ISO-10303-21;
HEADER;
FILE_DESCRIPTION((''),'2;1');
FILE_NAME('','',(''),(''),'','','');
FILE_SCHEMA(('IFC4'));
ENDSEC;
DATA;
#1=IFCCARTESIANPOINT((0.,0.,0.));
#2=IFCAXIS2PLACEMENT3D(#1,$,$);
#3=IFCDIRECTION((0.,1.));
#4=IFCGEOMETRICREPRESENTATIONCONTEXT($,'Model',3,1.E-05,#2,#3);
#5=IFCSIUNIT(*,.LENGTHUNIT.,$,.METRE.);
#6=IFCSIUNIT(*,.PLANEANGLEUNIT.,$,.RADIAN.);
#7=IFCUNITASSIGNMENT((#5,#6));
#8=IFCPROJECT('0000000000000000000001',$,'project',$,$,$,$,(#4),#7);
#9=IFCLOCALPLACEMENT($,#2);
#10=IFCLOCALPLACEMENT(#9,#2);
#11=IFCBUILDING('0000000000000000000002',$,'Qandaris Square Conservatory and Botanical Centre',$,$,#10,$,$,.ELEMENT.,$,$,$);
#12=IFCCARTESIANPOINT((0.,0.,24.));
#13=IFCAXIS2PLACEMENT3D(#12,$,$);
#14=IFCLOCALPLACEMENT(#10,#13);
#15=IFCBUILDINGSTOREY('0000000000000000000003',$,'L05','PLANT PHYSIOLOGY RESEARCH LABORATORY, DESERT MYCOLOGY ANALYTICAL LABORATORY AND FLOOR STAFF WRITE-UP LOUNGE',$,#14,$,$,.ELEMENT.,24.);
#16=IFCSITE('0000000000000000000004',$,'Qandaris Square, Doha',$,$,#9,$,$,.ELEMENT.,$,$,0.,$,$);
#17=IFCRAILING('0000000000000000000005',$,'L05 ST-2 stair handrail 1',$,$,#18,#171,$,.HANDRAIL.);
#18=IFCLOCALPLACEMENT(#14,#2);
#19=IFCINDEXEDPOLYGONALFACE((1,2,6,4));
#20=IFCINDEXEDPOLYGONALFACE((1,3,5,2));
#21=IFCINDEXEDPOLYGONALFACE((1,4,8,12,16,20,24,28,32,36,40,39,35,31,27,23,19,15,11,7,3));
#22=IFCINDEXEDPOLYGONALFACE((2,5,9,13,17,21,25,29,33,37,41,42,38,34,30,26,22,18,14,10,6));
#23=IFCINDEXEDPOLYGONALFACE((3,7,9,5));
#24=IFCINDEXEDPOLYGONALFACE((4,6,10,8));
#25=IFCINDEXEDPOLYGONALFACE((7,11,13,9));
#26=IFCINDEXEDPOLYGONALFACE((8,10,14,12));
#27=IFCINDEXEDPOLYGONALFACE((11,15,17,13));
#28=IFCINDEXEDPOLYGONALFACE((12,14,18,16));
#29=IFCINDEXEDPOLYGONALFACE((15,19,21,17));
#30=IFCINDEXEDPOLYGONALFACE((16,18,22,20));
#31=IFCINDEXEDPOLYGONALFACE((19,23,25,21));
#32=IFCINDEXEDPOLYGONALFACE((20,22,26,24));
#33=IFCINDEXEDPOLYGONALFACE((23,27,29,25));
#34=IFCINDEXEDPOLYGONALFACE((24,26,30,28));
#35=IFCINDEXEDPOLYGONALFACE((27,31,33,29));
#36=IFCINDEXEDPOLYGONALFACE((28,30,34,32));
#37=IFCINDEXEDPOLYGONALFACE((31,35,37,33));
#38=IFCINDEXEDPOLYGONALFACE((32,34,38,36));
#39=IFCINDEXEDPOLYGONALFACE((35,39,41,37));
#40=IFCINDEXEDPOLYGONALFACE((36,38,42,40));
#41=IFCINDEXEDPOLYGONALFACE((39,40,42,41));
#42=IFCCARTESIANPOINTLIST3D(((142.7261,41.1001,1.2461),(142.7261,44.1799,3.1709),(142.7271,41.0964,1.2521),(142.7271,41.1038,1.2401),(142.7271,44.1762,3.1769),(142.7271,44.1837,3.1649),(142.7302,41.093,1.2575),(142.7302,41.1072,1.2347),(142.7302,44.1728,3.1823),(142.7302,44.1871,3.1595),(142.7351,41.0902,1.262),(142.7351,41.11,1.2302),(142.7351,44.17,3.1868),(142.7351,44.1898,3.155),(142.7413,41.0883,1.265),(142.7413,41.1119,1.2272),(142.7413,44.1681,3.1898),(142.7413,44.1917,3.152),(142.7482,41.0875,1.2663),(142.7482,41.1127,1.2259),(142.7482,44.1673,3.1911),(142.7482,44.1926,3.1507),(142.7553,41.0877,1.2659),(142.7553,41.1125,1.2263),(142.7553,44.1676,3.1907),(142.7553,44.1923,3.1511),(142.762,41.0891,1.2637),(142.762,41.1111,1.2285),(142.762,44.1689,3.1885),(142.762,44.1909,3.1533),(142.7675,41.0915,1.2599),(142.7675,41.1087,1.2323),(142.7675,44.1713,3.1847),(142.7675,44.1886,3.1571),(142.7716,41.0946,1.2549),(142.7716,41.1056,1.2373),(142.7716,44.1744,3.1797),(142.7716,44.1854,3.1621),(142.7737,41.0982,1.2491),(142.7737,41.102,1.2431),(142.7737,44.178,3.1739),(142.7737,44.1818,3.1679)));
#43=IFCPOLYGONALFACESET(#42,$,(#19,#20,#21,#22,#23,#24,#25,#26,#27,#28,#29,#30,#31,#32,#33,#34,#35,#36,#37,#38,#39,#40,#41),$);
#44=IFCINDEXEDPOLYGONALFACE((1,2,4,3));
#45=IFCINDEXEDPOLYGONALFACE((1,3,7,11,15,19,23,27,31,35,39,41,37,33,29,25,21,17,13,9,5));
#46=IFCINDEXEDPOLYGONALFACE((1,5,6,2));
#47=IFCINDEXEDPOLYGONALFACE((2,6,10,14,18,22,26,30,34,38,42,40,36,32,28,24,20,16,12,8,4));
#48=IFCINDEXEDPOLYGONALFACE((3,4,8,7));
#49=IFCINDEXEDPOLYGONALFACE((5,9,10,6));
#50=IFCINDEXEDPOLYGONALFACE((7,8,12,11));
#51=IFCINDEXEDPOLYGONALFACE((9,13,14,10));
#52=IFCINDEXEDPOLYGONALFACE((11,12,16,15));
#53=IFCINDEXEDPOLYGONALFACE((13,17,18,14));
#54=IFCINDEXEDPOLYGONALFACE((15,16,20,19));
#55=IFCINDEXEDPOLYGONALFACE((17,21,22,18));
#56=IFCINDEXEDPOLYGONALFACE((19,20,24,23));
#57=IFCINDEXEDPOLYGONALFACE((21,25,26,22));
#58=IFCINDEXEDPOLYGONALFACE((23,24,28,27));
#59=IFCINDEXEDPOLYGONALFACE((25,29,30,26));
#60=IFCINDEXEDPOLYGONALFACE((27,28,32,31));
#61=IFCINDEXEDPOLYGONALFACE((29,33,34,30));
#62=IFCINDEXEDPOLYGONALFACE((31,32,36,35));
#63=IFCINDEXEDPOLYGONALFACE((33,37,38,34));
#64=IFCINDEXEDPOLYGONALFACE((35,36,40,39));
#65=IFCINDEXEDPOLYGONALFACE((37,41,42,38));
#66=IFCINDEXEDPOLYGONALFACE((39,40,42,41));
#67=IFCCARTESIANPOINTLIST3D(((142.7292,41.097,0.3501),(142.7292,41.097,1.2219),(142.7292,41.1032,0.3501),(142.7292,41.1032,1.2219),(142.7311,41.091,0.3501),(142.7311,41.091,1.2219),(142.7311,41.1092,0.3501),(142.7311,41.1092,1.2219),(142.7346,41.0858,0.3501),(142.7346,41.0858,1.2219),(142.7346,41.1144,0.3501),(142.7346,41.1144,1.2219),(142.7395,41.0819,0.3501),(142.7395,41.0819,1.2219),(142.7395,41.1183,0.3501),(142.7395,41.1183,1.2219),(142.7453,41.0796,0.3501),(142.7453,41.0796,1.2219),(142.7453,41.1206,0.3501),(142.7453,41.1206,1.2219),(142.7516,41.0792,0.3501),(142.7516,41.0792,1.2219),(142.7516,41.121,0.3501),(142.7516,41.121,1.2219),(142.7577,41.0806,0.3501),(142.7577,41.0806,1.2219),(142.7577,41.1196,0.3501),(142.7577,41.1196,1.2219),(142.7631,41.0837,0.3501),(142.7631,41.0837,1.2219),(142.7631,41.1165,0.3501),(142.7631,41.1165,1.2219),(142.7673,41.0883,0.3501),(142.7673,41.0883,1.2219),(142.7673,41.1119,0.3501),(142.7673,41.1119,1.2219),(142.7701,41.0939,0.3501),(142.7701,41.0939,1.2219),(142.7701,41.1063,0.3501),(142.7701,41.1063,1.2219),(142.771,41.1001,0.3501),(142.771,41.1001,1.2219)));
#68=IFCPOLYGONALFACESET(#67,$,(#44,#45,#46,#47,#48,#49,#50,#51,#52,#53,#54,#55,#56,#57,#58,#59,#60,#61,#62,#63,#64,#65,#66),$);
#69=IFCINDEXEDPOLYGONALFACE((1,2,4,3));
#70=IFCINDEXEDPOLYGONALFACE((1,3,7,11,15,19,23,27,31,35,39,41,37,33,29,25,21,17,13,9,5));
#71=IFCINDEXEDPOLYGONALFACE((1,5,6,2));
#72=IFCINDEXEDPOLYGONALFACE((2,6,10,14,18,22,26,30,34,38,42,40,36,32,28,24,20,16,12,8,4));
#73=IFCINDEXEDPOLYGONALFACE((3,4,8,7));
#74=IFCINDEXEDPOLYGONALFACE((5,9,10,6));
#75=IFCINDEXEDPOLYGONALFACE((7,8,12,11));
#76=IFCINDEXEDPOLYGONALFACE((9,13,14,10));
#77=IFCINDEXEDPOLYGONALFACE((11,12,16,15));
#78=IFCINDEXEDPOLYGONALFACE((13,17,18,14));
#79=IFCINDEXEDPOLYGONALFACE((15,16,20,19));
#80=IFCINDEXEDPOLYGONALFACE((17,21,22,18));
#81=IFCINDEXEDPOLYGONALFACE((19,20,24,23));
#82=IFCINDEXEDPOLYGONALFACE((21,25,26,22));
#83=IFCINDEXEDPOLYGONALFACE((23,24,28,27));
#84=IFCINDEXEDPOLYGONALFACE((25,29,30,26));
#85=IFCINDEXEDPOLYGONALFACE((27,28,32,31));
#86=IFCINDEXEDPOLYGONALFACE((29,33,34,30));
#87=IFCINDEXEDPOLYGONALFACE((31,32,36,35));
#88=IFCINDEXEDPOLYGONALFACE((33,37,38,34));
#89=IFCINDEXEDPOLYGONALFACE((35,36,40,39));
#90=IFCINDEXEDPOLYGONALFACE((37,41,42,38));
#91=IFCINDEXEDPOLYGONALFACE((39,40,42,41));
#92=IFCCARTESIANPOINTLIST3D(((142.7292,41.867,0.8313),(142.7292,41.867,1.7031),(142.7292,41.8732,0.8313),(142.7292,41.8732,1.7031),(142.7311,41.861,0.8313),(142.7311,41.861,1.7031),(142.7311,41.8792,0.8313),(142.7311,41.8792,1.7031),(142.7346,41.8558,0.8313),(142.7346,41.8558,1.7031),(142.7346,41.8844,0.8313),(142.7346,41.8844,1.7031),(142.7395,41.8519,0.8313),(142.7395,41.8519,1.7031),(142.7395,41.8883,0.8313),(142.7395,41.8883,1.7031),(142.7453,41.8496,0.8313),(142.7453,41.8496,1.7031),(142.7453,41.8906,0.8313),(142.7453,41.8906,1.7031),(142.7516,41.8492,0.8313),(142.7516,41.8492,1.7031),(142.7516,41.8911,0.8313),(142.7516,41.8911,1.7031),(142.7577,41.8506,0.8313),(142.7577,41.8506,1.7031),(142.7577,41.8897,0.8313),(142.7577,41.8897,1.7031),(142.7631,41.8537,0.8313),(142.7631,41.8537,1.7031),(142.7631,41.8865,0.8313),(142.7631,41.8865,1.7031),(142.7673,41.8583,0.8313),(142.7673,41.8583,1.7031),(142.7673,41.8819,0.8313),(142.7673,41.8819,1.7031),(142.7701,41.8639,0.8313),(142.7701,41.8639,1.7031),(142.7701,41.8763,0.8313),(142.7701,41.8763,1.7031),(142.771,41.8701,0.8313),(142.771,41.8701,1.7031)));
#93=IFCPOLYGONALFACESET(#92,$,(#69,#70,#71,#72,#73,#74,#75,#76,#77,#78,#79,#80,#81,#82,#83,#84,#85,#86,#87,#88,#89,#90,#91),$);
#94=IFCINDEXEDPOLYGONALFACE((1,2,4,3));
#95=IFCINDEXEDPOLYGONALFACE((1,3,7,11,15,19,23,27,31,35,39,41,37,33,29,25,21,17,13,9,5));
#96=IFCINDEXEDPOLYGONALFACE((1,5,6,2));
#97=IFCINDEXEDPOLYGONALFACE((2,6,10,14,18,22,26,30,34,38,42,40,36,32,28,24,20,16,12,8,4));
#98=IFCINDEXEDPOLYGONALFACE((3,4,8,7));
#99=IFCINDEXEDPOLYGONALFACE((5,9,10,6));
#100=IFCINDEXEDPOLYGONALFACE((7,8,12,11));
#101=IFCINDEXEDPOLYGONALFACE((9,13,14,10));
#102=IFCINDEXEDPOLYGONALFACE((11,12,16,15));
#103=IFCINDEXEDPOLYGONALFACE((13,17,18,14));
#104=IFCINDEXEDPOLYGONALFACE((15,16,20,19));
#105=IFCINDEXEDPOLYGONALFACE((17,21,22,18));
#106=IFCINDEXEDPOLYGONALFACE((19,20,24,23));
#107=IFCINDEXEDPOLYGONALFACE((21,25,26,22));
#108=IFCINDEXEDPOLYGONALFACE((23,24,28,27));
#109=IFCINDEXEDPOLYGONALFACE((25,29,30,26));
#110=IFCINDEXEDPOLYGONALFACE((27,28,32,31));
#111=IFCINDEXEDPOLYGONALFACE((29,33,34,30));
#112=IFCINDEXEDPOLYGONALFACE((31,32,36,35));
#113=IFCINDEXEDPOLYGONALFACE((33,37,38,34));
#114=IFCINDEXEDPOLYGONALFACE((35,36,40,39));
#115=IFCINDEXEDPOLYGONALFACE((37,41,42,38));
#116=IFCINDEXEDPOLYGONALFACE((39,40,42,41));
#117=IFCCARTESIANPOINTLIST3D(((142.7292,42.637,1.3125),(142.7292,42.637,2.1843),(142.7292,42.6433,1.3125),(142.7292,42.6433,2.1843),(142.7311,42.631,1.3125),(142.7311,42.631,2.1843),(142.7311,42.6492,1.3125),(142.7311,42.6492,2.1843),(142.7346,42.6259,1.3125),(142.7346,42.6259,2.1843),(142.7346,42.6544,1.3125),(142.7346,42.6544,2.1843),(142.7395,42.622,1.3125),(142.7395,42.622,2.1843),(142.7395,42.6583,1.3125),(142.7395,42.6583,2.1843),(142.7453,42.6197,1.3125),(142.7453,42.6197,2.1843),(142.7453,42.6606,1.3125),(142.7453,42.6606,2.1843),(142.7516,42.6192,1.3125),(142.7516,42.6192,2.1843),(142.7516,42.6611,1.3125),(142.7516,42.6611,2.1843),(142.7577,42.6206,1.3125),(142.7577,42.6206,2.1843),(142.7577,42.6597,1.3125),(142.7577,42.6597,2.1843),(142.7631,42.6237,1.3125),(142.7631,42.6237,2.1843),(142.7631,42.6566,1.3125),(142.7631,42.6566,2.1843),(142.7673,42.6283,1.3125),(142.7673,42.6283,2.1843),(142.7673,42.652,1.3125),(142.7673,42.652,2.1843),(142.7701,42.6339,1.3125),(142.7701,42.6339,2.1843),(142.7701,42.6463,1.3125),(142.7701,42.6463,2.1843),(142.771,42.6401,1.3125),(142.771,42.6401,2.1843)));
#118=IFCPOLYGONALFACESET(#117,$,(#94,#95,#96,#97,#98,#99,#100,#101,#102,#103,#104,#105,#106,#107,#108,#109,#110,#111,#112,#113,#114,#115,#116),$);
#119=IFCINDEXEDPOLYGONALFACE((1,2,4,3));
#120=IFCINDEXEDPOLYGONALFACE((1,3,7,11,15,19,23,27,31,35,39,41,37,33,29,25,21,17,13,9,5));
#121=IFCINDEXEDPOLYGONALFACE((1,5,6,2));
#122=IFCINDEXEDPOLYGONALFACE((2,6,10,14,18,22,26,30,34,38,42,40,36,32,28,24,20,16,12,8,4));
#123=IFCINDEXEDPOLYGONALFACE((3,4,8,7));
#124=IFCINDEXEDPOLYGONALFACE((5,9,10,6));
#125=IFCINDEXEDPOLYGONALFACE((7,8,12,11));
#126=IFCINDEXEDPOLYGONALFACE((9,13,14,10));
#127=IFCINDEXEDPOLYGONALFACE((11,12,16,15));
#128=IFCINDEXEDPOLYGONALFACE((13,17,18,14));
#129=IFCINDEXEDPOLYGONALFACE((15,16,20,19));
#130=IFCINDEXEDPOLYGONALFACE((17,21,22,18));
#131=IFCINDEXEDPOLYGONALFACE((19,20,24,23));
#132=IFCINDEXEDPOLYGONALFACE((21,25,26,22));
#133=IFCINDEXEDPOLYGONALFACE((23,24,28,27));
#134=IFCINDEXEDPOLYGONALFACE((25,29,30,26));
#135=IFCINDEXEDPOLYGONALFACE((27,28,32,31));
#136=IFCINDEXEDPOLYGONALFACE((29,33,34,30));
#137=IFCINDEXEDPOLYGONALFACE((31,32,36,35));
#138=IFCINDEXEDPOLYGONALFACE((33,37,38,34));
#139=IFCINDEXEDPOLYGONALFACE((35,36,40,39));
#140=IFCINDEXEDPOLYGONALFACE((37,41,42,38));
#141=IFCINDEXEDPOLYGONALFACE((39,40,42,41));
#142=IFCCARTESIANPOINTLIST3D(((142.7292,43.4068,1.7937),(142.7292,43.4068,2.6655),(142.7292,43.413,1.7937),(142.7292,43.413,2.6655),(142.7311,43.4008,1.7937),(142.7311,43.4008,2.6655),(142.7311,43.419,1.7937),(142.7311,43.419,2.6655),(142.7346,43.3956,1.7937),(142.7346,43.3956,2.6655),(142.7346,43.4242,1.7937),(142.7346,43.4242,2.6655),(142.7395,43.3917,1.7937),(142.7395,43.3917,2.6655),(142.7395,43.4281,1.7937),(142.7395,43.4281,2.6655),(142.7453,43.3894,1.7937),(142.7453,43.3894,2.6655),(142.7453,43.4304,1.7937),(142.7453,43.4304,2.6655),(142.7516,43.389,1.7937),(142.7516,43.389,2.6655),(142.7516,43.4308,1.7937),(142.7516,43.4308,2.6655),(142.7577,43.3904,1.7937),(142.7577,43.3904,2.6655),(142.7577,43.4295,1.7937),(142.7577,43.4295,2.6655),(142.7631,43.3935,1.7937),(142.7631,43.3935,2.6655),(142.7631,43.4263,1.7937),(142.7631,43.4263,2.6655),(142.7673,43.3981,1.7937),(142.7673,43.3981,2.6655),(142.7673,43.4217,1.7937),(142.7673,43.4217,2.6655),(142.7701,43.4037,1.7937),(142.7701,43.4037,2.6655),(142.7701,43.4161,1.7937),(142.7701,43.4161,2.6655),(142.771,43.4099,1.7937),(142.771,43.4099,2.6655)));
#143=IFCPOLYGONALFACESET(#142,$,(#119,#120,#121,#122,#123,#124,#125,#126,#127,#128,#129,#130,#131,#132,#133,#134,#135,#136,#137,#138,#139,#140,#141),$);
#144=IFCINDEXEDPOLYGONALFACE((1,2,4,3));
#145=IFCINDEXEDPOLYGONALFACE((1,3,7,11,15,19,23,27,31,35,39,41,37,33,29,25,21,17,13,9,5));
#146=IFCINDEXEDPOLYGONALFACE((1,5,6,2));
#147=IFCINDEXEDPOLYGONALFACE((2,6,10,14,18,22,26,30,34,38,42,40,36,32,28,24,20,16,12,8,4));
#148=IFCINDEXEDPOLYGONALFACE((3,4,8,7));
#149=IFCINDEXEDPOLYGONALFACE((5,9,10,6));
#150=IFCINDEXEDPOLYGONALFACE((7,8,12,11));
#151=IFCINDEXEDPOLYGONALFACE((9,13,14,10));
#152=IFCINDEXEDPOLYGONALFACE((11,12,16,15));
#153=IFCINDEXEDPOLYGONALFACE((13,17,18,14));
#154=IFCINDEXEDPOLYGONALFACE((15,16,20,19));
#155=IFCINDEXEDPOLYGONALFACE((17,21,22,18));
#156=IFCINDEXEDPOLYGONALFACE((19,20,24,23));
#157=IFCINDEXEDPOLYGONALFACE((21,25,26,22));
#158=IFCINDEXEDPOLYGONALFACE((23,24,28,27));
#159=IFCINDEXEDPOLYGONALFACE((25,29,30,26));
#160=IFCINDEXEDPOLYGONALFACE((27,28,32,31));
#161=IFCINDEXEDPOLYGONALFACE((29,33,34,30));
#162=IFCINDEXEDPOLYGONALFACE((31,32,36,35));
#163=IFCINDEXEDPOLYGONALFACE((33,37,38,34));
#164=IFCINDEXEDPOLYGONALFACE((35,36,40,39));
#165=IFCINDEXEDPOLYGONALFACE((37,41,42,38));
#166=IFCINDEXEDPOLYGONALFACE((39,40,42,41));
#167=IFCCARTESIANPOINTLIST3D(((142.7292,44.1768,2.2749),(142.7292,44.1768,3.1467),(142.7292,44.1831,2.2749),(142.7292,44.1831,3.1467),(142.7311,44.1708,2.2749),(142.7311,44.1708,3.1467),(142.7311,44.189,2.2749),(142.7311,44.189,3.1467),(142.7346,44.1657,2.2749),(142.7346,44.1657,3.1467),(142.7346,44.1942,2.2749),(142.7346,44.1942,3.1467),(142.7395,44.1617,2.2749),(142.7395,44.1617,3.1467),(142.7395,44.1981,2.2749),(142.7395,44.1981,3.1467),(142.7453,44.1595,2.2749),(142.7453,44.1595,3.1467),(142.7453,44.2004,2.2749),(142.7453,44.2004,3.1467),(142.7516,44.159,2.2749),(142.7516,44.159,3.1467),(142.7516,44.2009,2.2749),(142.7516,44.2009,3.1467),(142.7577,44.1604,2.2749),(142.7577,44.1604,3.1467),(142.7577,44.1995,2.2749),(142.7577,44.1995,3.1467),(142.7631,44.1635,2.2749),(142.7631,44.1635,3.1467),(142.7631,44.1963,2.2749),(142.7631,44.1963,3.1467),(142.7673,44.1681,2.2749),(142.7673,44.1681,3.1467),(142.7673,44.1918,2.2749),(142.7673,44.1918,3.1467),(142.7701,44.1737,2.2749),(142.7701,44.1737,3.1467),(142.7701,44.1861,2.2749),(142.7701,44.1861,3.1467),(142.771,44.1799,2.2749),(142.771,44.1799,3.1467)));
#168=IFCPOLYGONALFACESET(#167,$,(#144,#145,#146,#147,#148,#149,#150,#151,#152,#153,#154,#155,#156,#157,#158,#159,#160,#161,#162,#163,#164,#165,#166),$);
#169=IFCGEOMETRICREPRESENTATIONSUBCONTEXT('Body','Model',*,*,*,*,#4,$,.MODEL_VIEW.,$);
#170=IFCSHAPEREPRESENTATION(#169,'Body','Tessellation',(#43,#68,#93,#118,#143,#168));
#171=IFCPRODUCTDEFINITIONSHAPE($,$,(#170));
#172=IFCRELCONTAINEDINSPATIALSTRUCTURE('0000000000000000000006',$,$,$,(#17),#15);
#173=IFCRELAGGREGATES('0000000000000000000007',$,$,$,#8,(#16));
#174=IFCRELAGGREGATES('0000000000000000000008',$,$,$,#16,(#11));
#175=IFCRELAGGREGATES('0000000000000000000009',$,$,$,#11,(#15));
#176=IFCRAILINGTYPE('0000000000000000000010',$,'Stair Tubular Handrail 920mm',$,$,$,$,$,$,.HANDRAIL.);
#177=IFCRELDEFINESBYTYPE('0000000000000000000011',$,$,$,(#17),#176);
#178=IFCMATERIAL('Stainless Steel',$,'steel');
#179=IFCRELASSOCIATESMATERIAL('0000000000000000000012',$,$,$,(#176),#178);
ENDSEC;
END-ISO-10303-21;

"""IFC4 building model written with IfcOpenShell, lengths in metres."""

from ifc_helpers import new_model, si_unit, direction, frame, origin, origin_2d, place, context, subcontext, project, spatial, circle, extrude, material, type_object, element, save


model = new_model("IFC4")

# Units and contexts
model_context = context("Model", 3, precision=1e-05, world=origin(), true_north=direction((0.0, 1.0)))
body_context = subcontext(model_context, "Body", "Model", "MODEL_VIEW")
ifc_project = project(units=[si_unit("LENGTHUNIT", "METRE"), si_unit("PLANEANGLEUNIT", "RADIAN")], contexts=[model_context])

# Site, building, storey
site_placement = place(None, origin())
site = spatial("IfcSite", under=ifc_project, at=site_placement, Name="Qandaris Square, Doha", CompositionType="ELEMENT", RefElevation=0.0)
building_placement = place(site_placement, origin())
building = spatial("IfcBuilding", under=site, at=building_placement, Name="Qandaris Square Conservatory and Botanical Centre", CompositionType="ELEMENT")
storey_placement = place(building_placement, frame((0.0, 0.0, 24.0)))
storey = spatial("IfcBuildingStorey", under=building, at=storey_placement, Name="L05", Description="PLANT PHYSIOLOGY RESEARCH LABORATORY, DESERT MYCOLOGY ANALYTICAL LABORATORY AND FLOOR STAFF WRITE-UP LOUNGE", CompositionType="ELEMENT", Elevation=24.0)

# Railing
ifc_material_1 = material(Name="Stainless Steel", Category="steel")
railing_type = type_object("IfcRailingType", Name="Stair Tubular Handrail 920mm", PredefinedType="HANDRAIL", material=ifc_material_1)
railing_placement = place(storey_placement, frame((142.75, 41.1001, 0.3501)))
element("IfcRailing", 1, at=railing_placement, inside=storey, type_object=railing_type, Name="L05 ST-2 stair handrail 1", PredefinedType="HANDRAIL", context=body_context, shape_type="SweptSolid", body=[
    extrude(circle(Radius=0.0239, at=origin_2d()), frame((0.0, 0.0, 0.896), z_axis=(0.0, 0.84801, 0.529981), x_axis=(-1.0, 0.0, 0.0)), (0.0, 0.0, 1.0), 3.6318),
    extrude(circle(Radius=0.021, at=origin_2d()), origin(), (0.0, 0.0, 1.0), 0.8718),
    extrude(circle(Radius=0.021, at=origin_2d()), frame((0.0, 0.77, 0.4812)), (0.0, 0.0, 1.0), 0.8718),
    extrude(circle(Radius=0.021, at=origin_2d()), frame((0.0, 1.54, 0.9624)), (0.0, 0.0, 1.0), 0.8718),
    extrude(circle(Radius=0.021, at=origin_2d()), frame((0.0, 2.3098, 1.4436)), (0.0, 0.0, 1.0), 0.8718),
    extrude(circle(Radius=0.021, at=origin_2d()), frame((0.0, 3.0798, 1.9248)), (0.0, 0.0, 1.0), 0.8718),
])

save(model, "model.ifc")
